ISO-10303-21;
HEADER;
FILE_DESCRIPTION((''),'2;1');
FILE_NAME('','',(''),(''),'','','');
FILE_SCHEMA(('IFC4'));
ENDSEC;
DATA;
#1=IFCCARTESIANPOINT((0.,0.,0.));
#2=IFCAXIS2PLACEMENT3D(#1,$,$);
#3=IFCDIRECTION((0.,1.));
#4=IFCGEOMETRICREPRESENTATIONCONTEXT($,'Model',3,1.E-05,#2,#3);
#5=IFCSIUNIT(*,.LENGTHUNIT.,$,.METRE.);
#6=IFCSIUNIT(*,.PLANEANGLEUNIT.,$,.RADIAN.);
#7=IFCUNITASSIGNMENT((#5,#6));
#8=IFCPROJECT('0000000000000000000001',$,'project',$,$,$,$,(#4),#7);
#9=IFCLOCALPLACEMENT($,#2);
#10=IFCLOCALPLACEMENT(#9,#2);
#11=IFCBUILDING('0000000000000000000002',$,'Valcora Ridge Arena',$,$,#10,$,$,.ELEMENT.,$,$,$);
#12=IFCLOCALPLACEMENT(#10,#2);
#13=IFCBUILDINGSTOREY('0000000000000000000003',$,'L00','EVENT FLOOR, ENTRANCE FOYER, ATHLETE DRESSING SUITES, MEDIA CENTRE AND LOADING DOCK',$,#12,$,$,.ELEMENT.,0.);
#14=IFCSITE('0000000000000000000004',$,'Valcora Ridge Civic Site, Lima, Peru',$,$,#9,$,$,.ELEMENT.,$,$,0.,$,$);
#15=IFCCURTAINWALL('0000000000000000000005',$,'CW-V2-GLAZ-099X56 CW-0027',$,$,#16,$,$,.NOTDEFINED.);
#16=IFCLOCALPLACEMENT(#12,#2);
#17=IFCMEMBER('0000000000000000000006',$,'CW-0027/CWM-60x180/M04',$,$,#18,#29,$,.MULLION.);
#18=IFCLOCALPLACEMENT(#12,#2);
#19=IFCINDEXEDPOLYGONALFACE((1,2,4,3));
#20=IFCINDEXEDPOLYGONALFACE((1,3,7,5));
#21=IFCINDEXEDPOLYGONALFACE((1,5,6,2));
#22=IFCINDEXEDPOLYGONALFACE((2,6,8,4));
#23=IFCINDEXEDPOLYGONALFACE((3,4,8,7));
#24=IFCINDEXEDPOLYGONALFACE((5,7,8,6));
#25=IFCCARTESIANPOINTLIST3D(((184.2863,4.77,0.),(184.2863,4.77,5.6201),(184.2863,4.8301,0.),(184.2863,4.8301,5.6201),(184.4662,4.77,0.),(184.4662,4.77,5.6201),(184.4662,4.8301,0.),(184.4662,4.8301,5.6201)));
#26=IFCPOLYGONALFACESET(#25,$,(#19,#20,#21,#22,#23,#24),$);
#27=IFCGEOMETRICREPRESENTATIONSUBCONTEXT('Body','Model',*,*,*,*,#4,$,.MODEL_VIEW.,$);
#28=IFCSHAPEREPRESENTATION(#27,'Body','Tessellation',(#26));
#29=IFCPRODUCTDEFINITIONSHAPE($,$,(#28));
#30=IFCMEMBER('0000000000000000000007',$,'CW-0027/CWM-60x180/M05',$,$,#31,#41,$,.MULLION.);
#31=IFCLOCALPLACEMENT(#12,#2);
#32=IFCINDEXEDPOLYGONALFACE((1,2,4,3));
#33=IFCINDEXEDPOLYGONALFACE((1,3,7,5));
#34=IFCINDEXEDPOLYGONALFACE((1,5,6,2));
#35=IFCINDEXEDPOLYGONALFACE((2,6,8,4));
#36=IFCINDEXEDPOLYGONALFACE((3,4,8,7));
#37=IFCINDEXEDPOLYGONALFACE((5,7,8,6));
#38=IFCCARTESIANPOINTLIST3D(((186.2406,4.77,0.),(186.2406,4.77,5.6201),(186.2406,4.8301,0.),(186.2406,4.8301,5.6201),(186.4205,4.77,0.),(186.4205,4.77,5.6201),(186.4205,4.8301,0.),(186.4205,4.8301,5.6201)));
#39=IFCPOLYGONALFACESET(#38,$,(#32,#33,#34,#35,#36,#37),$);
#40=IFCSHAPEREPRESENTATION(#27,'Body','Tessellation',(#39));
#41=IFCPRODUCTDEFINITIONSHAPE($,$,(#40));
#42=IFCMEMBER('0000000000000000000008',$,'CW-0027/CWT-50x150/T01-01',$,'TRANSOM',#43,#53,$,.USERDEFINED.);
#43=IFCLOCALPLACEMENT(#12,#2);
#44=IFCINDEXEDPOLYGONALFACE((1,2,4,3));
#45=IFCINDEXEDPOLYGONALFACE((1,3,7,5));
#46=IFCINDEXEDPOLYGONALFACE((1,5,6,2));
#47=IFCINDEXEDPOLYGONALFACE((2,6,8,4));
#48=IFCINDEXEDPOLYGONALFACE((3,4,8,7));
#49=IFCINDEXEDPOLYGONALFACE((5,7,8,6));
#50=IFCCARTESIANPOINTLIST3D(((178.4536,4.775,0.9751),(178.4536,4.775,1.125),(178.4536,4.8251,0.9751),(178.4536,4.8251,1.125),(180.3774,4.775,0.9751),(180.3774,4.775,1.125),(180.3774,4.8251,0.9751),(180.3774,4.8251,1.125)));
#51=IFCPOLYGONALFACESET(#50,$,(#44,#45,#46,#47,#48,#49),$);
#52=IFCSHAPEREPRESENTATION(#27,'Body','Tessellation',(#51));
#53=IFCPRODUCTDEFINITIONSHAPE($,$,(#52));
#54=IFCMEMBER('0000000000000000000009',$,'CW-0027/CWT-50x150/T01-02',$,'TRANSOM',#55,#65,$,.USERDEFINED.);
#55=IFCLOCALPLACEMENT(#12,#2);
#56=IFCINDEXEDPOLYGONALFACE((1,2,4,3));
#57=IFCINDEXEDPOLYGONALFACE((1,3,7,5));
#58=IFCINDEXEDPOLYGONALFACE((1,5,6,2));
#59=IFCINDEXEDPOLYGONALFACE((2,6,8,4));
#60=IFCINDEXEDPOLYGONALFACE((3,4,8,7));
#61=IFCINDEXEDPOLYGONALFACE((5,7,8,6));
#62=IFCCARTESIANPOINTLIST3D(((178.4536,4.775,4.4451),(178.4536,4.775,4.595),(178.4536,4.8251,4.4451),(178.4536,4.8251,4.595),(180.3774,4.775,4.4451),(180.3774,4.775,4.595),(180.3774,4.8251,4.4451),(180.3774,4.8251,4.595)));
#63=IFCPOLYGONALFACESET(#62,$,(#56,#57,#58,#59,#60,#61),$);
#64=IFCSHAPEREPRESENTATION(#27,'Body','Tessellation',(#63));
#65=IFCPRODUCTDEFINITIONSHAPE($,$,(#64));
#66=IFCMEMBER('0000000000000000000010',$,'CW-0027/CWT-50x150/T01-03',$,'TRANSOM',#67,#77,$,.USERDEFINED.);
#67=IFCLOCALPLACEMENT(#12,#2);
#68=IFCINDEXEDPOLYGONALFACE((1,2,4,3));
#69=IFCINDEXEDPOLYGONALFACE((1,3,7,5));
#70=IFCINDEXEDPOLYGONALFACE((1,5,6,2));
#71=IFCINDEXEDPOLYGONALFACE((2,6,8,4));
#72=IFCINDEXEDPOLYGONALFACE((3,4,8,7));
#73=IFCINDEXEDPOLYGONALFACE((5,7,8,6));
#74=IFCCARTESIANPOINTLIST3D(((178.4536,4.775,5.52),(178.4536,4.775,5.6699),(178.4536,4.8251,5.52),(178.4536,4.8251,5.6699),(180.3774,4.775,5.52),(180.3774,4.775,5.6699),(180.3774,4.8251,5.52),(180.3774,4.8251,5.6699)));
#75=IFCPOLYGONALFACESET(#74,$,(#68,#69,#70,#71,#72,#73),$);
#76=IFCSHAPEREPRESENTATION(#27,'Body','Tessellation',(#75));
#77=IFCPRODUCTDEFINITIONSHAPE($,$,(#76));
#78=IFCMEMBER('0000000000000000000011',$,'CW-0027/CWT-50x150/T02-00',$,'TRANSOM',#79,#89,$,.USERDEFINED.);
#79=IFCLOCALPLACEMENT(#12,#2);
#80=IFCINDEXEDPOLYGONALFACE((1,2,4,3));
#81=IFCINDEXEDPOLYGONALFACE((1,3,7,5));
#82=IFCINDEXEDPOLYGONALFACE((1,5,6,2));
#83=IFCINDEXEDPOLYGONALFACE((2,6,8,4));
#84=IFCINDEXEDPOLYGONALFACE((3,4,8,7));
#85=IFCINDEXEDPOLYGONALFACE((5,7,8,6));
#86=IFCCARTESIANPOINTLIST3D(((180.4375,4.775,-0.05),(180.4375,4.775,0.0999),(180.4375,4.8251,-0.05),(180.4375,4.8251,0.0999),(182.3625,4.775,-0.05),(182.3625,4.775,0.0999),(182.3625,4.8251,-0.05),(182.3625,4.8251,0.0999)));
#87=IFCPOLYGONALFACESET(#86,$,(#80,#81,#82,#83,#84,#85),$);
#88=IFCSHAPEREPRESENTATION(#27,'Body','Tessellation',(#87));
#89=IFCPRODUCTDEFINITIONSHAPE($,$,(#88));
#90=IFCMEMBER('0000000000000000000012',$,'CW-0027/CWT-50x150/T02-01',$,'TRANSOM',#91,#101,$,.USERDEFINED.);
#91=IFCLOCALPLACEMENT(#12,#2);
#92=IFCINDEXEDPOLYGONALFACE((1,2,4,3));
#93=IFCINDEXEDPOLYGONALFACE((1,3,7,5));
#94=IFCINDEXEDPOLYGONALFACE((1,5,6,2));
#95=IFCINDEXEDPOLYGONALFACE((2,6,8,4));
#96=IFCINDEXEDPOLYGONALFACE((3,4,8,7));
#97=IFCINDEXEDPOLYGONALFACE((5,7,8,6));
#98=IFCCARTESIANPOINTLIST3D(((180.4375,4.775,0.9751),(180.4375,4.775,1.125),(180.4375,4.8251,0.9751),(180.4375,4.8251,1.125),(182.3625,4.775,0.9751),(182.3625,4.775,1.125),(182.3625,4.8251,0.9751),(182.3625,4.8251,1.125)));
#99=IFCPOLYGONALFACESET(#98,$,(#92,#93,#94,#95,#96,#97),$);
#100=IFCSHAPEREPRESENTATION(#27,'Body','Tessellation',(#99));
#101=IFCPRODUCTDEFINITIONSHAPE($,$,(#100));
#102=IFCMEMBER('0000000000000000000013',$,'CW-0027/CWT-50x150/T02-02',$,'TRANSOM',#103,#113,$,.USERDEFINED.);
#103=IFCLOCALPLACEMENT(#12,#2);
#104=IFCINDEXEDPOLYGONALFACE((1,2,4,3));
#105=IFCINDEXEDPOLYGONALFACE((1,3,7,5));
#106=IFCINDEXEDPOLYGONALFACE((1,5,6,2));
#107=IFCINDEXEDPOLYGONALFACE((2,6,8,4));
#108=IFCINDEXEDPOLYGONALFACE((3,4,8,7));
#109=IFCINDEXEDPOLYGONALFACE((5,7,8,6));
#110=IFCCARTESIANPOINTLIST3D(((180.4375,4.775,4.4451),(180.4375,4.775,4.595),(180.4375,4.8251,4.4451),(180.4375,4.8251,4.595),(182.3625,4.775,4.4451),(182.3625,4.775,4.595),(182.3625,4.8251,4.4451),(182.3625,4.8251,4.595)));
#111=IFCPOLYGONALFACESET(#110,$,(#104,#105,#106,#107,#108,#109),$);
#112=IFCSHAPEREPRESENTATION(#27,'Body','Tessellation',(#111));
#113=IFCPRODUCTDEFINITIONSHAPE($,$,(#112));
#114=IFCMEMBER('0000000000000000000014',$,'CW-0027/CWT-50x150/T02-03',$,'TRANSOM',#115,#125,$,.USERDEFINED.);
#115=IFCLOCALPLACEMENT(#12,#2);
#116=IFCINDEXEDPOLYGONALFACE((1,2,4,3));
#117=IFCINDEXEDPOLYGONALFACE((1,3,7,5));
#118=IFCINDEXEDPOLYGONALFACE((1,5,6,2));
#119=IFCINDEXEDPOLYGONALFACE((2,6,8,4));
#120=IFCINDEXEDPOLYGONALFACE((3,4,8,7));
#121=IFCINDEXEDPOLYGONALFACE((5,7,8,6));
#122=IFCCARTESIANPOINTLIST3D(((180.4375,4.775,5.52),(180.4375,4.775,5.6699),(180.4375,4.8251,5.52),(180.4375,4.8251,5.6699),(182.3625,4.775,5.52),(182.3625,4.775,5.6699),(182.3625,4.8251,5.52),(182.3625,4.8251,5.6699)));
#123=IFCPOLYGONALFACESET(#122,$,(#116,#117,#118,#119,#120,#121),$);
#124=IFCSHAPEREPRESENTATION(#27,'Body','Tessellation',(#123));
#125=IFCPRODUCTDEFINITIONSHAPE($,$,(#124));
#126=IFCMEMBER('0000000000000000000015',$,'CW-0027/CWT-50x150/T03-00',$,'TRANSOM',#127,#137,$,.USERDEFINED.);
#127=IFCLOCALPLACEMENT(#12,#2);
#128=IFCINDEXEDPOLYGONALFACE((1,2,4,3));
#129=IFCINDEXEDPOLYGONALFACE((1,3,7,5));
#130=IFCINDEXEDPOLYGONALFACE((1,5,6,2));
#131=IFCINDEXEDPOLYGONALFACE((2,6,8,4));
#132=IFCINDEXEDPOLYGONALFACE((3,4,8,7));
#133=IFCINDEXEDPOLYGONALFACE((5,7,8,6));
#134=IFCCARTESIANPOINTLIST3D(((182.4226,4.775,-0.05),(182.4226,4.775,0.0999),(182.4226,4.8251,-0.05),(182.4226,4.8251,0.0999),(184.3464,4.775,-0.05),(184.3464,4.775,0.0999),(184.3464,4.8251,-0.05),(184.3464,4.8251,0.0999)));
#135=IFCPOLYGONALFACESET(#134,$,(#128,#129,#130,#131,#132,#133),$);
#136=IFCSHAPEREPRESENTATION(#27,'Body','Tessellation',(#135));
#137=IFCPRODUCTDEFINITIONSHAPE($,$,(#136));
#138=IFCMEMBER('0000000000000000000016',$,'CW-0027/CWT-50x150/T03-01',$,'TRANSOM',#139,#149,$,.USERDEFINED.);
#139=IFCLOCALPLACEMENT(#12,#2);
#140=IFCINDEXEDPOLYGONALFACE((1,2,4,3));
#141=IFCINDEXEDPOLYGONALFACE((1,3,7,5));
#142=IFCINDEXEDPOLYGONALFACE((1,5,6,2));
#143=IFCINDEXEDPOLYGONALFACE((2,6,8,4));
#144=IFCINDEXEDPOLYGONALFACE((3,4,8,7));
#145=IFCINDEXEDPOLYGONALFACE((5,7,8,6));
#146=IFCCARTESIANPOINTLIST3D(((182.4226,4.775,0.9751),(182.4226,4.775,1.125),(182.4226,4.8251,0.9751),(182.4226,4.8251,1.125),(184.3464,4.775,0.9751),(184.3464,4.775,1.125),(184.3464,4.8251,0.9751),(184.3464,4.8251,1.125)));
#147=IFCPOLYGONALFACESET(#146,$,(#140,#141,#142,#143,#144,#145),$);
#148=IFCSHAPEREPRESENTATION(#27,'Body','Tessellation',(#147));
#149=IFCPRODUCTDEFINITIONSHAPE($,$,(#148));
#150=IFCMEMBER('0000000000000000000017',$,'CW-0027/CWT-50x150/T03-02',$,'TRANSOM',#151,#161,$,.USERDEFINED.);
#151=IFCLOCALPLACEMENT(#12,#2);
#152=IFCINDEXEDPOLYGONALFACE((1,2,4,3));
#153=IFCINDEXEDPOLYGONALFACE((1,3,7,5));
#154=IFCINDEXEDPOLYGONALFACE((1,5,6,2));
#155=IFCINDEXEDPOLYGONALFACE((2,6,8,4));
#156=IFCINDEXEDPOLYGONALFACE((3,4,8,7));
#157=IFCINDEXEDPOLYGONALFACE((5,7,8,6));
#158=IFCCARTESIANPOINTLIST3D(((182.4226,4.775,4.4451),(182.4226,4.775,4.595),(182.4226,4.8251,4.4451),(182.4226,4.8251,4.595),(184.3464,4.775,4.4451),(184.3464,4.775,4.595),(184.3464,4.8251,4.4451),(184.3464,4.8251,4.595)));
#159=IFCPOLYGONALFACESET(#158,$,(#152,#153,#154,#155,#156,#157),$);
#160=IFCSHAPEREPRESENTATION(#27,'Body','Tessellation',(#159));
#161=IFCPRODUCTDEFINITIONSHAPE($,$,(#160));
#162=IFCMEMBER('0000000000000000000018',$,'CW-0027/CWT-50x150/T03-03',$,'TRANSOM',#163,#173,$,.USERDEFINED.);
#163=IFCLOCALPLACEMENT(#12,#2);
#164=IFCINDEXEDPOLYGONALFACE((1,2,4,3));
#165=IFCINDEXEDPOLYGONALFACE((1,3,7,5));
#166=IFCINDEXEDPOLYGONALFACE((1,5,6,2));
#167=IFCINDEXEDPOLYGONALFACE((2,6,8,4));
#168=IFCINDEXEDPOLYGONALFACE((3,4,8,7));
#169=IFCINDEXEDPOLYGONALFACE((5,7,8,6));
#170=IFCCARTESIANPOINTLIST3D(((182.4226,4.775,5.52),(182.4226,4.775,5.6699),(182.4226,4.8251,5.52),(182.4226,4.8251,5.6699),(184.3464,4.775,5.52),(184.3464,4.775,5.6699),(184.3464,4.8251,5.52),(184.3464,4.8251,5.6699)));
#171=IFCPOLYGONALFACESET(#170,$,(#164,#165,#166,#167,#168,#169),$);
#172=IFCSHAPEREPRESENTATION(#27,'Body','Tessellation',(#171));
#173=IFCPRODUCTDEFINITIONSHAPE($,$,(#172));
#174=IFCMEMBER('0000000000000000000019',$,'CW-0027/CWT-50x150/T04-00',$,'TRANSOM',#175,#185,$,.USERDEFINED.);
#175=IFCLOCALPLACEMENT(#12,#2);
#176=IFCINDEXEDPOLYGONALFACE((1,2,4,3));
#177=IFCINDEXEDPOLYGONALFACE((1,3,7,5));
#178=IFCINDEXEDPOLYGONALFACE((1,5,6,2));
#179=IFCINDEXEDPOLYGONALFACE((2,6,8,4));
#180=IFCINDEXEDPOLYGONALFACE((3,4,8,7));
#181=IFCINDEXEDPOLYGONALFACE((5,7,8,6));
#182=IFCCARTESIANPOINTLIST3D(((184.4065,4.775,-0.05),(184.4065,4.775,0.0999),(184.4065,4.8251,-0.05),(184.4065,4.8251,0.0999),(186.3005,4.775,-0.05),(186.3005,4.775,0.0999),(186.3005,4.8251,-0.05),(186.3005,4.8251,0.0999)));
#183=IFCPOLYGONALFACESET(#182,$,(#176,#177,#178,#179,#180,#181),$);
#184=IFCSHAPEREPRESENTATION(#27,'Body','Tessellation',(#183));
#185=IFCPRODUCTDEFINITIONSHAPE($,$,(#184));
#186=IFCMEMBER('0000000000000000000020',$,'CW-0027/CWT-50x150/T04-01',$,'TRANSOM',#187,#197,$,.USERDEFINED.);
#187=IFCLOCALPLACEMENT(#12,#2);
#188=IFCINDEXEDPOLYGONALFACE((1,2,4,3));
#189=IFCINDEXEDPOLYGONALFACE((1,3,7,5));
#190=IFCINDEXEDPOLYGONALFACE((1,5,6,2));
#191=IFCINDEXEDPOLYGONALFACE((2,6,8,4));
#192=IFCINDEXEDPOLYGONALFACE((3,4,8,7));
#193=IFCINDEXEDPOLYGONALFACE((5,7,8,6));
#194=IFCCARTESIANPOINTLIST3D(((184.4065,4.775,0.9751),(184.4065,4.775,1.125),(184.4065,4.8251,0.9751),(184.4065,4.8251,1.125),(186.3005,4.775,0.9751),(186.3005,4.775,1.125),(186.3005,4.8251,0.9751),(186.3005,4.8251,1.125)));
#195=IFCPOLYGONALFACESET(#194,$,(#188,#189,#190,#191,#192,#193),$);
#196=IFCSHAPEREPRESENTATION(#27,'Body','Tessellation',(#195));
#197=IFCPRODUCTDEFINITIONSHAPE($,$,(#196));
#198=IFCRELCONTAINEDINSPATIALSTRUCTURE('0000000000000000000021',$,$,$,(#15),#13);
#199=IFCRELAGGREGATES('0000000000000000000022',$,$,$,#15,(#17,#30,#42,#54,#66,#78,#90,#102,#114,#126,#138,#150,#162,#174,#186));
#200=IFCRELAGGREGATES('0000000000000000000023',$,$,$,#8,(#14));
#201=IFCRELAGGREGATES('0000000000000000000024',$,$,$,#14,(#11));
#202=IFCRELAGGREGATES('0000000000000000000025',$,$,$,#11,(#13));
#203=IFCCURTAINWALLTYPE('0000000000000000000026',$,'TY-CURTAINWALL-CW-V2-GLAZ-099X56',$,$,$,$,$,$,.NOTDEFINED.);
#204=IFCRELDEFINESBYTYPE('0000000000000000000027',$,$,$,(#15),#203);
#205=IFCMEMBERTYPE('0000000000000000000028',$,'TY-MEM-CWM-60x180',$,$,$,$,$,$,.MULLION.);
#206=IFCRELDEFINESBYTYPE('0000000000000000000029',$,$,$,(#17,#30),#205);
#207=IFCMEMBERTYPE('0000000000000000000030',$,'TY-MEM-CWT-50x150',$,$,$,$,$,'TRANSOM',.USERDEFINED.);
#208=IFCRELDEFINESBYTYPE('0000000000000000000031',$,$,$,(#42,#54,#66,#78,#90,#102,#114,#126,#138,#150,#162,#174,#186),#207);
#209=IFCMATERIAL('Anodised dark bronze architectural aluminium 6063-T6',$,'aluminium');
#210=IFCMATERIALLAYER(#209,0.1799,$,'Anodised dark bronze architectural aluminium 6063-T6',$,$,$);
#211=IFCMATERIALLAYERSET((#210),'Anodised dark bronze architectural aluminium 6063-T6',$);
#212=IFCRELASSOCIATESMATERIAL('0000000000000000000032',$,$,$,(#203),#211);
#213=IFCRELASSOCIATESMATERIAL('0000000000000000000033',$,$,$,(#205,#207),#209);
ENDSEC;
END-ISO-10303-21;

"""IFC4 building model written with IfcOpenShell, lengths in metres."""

from ifc_helpers import new_model, si_unit, direction, frame, origin, origin_2d, place, context, subcontext, project, spatial, rectangle, extrude, material, layer, layer_set, material_profile, profile_set, type_object, element, aggregate, save


model = new_model("IFC4")

# Units and contexts
model_context = context("Model", 3, precision=1e-05, world=origin(), true_north=direction((0.0, 1.0)))
body_context = subcontext(model_context, "Body", "Model", "MODEL_VIEW")
ifc_project = project(units=[si_unit("LENGTHUNIT", "METRE"), si_unit("PLANEANGLEUNIT", "RADIAN")], contexts=[model_context])

# Site, building, storey
site_placement = place(None, origin())
site = spatial("IfcSite", under=ifc_project, at=site_placement, Name="Valcora Ridge Civic Site, Lima, Peru", CompositionType="ELEMENT", RefElevation=0.0)
building_placement = place(site_placement, origin())
building = spatial("IfcBuilding", under=site, at=building_placement, Name="Valcora Ridge Arena", CompositionType="ELEMENT")
storey_placement = place(building_placement, origin())
storey = spatial("IfcBuildingStorey", under=building, at=storey_placement, Name="L00", Description="EVENT FLOOR, ENTRANCE FOYER, ATHLETE DRESSING SUITES, MEDIA CENTRE AND LOADING DOCK", CompositionType="ELEMENT", Elevation=0.0)

# Curtain wall, members
ifc_material_1 = material(Name="Anodised dark bronze architectural aluminium 6063-T6", Category="aluminium")
ifc_layer_1 = layer(ifc_material_1, 0.1799, Name="Anodised dark bronze architectural aluminium 6063-T6")
ifc_layer_set_1 = layer_set([ifc_layer_1], Name="Anodised dark bronze architectural aluminium 6063-T6")
curtain_wall_type = type_object("IfcCurtainWallType", Name="TY-CURTAINWALL-CW-V2-GLAZ-099X56", PredefinedType="NOTDEFINED", material=ifc_layer_set_1)
curtain_wall_placement = place(storey_placement, origin())
curtain_wall = element("IfcCurtainWall", 1, at=curtain_wall_placement, inside=storey, type_object=curtain_wall_type, Name="CW-V2-GLAZ-099X56 CW-0027", PredefinedType="NOTDEFINED")
ifc_material_profile_1 = material_profile(ifc_material_1, rectangle(XDim=0.0601, YDim=0.1799, at=origin_2d()), Name="ALU MULLION 60x180")
ifc_profile_set_1 = profile_set([ifc_material_profile_1], Name="Anodised dark bronze architectural aluminium 6063-T6")
member_type_1 = type_object("IfcMemberType", Name="TY-MEM-CWM-60x180", PredefinedType="MULLION", material=ifc_profile_set_1)
member_1_placement = place(storey_placement, frame((184.3762, 4.8, 0.0), z_axis=(0.0, 0.0, 1.0), x_axis=(0.0, 1.0, 0.0)))
member_1 = element("IfcMember", 2, at=member_1_placement, type_object=member_type_1, Name="CW-0027/CWM-60x180/M04", PredefinedType="MULLION", context=body_context, shape_type="SweptSolid", body=[
    extrude(rectangle(XDim=0.0601, YDim=0.1799, at=origin_2d()), origin(), (0.0, 0.0, 1.0), 5.6201),
])
member_2_placement = place(storey_placement, frame((186.3306, 4.8, 0.0), z_axis=(0.0, 0.0, 1.0), x_axis=(0.0, 1.0, 0.0)))
member_2 = element("IfcMember", 3, at=member_2_placement, type_object=member_type_1, Name="CW-0027/CWM-60x180/M05", PredefinedType="MULLION", context=body_context, shape_type="SweptSolid", body=[
    extrude(rectangle(XDim=0.0601, YDim=0.1799, at=origin_2d()), origin(), (0.0, 0.0, 1.0), 5.6201),
])
ifc_material_profile_2 = material_profile(ifc_material_1, rectangle(XDim=0.05, YDim=0.1499, at=origin_2d()), Name="ALU TRANSOM 50x150")
ifc_profile_set_2 = profile_set([ifc_material_profile_2], Name="Anodised dark bronze architectural aluminium 6063-T6")
member_type_2 = type_object("IfcMemberType", Name="TY-MEM-CWT-50x150", ElementType="TRANSOM", PredefinedType="USERDEFINED", material=ifc_profile_set_2)
member_3_placement = place(storey_placement, frame((178.4536, 4.8, 1.05), z_axis=(1.0, 0.0, 0.0), x_axis=(0.0, 1.0, 0.0)))
member_3 = element("IfcMember", 4, at=member_3_placement, type_object=member_type_2, Name="CW-0027/CWT-50x150/T01-01", ObjectType="TRANSOM", PredefinedType="USERDEFINED", context=body_context, shape_type="SweptSolid", body=[
    extrude(rectangle(XDim=0.05, YDim=0.1499, at=origin_2d()), origin(), (0.0, 0.0, 1.0), 1.9238),
])
member_4_placement = place(storey_placement, frame((178.4536, 4.8, 4.52), z_axis=(1.0, 0.0, 0.0), x_axis=(0.0, 1.0, 0.0)))
member_4 = element("IfcMember", 5, at=member_4_placement, type_object=member_type_2, Name="CW-0027/CWT-50x150/T01-02", ObjectType="TRANSOM", PredefinedType="USERDEFINED", context=body_context, shape_type="SweptSolid", body=[
    extrude(rectangle(XDim=0.05, YDim=0.1499, at=origin_2d()), origin(), (0.0, 0.0, 1.0), 1.9238),
])
member_5_placement = place(storey_placement, frame((178.4536, 4.8, 5.595), z_axis=(1.0, 0.0, 0.0), x_axis=(0.0, 1.0, 0.0)))
member_5 = element("IfcMember", 6, at=member_5_placement, type_object=member_type_2, Name="CW-0027/CWT-50x150/T01-03", ObjectType="TRANSOM", PredefinedType="USERDEFINED", context=body_context, shape_type="SweptSolid", body=[
    extrude(rectangle(XDim=0.05, YDim=0.1499, at=origin_2d()), origin(), (0.0, 0.0, 1.0), 1.9238),
])
member_6_placement = place(storey_placement, frame((180.4375, 4.8, 0.0249), z_axis=(1.0, 0.0, 0.0), x_axis=(0.0, 1.0, 0.0)))
member_6 = element("IfcMember", 7, at=member_6_placement, type_object=member_type_2, Name="CW-0027/CWT-50x150/T02-00", ObjectType="TRANSOM", PredefinedType="USERDEFINED", context=body_context, shape_type="SweptSolid", body=[
    extrude(rectangle(XDim=0.05, YDim=0.1499, at=origin_2d()), origin(), (0.0, 0.0, 1.0), 1.925),
])
member_7_placement = place(storey_placement, frame((180.4375, 4.8, 1.05), z_axis=(1.0, 0.0, 0.0), x_axis=(0.0, 1.0, 0.0)))
member_7 = element("IfcMember", 8, at=member_7_placement, type_object=member_type_2, Name="CW-0027/CWT-50x150/T02-01", ObjectType="TRANSOM", PredefinedType="USERDEFINED", context=body_context, shape_type="SweptSolid", body=[
    extrude(rectangle(XDim=0.05, YDim=0.1499, at=origin_2d()), origin(), (0.0, 0.0, 1.0), 1.925),
])
member_8_placement = place(storey_placement, frame((180.4375, 4.8, 4.52), z_axis=(1.0, 0.0, 0.0), x_axis=(0.0, 1.0, 0.0)))
member_8 = element("IfcMember", 9, at=member_8_placement, type_object=member_type_2, Name="CW-0027/CWT-50x150/T02-02", ObjectType="TRANSOM", PredefinedType="USERDEFINED", context=body_context, shape_type="SweptSolid", body=[
    extrude(rectangle(XDim=0.05, YDim=0.1499, at=origin_2d()), origin(), (0.0, 0.0, 1.0), 1.925),
])
member_9_placement = place(storey_placement, frame((180.4375, 4.8, 5.595), z_axis=(1.0, 0.0, 0.0), x_axis=(0.0, 1.0, 0.0)))
member_9 = element("IfcMember", 10, at=member_9_placement, type_object=member_type_2, Name="CW-0027/CWT-50x150/T02-03", ObjectType="TRANSOM", PredefinedType="USERDEFINED", context=body_context, shape_type="SweptSolid", body=[
    extrude(rectangle(XDim=0.05, YDim=0.1499, at=origin_2d()), origin(), (0.0, 0.0, 1.0), 1.925),
])
member_10_placement = place(storey_placement, frame((182.4226, 4.8, 0.0249), z_axis=(1.0, 0.0, 0.0), x_axis=(0.0, 1.0, 0.0)))
member_10 = element("IfcMember", 11, at=member_10_placement, type_object=member_type_2, Name="CW-0027/CWT-50x150/T03-00", ObjectType="TRANSOM", PredefinedType="USERDEFINED", context=body_context, shape_type="SweptSolid", body=[
    extrude(rectangle(XDim=0.05, YDim=0.1499, at=origin_2d()), origin(), (0.0, 0.0, 1.0), 1.9238),
])
member_11_placement = place(storey_placement, frame((182.4226, 4.8, 1.05), z_axis=(1.0, 0.0, 0.0), x_axis=(0.0, 1.0, 0.0)))
member_11 = element("IfcMember", 12, at=member_11_placement, type_object=member_type_2, Name="CW-0027/CWT-50x150/T03-01", ObjectType="TRANSOM", PredefinedType="USERDEFINED", context=body_context, shape_type="SweptSolid", body=[
    extrude(rectangle(XDim=0.05, YDim=0.1499, at=origin_2d()), origin(), (0.0, 0.0, 1.0), 1.9238),
])
member_12_placement = place(storey_placement, frame((182.4226, 4.8, 4.52), z_axis=(1.0, 0.0, 0.0), x_axis=(0.0, 1.0, 0.0)))
member_12 = element("IfcMember", 13, at=member_12_placement, type_object=member_type_2, Name="CW-0027/CWT-50x150/T03-02", ObjectType="TRANSOM", PredefinedType="USERDEFINED", context=body_context, shape_type="SweptSolid", body=[
    extrude(rectangle(XDim=0.05, YDim=0.1499, at=origin_2d()), origin(), (0.0, 0.0, 1.0), 1.9238),
])
member_13_placement = place(storey_placement, frame((182.4226, 4.8, 5.595), z_axis=(1.0, 0.0, 0.0), x_axis=(0.0, 1.0, 0.0)))
member_13 = element("IfcMember", 14, at=member_13_placement, type_object=member_type_2, Name="CW-0027/CWT-50x150/T03-03", ObjectType="TRANSOM", PredefinedType="USERDEFINED", context=body_context, shape_type="SweptSolid", body=[
    extrude(rectangle(XDim=0.05, YDim=0.1499, at=origin_2d()), origin(), (0.0, 0.0, 1.0), 1.9238),
])
member_14_placement = place(storey_placement, frame((184.4065, 4.8, 0.0249), z_axis=(1.0, 0.0, 0.0), x_axis=(0.0, 1.0, 0.0)))
member_14 = element("IfcMember", 15, at=member_14_placement, type_object=member_type_2, Name="CW-0027/CWT-50x150/T04-00", ObjectType="TRANSOM", PredefinedType="USERDEFINED", context=body_context, shape_type="SweptSolid", body=[
    extrude(rectangle(XDim=0.05, YDim=0.1499, at=origin_2d()), origin(), (0.0, 0.0, 1.0), 1.894),
])
member_15_placement = place(storey_placement, frame((184.4065, 4.8, 1.05), z_axis=(1.0, 0.0, 0.0), x_axis=(0.0, 1.0, 0.0)))
member_15 = element("IfcMember", 16, at=member_15_placement, type_object=member_type_2, Name="CW-0027/CWT-50x150/T04-01", ObjectType="TRANSOM", PredefinedType="USERDEFINED", context=body_context, shape_type="SweptSolid", body=[
    extrude(rectangle(XDim=0.05, YDim=0.1499, at=origin_2d()), origin(), (0.0, 0.0, 1.0), 1.894),
])
aggregate(curtain_wall, [member_1, member_2, member_3, member_4, member_5, member_6, member_7, member_8, member_9, member_10, member_11, member_12, member_13, member_14, member_15])

save(model, "model.ifc")
